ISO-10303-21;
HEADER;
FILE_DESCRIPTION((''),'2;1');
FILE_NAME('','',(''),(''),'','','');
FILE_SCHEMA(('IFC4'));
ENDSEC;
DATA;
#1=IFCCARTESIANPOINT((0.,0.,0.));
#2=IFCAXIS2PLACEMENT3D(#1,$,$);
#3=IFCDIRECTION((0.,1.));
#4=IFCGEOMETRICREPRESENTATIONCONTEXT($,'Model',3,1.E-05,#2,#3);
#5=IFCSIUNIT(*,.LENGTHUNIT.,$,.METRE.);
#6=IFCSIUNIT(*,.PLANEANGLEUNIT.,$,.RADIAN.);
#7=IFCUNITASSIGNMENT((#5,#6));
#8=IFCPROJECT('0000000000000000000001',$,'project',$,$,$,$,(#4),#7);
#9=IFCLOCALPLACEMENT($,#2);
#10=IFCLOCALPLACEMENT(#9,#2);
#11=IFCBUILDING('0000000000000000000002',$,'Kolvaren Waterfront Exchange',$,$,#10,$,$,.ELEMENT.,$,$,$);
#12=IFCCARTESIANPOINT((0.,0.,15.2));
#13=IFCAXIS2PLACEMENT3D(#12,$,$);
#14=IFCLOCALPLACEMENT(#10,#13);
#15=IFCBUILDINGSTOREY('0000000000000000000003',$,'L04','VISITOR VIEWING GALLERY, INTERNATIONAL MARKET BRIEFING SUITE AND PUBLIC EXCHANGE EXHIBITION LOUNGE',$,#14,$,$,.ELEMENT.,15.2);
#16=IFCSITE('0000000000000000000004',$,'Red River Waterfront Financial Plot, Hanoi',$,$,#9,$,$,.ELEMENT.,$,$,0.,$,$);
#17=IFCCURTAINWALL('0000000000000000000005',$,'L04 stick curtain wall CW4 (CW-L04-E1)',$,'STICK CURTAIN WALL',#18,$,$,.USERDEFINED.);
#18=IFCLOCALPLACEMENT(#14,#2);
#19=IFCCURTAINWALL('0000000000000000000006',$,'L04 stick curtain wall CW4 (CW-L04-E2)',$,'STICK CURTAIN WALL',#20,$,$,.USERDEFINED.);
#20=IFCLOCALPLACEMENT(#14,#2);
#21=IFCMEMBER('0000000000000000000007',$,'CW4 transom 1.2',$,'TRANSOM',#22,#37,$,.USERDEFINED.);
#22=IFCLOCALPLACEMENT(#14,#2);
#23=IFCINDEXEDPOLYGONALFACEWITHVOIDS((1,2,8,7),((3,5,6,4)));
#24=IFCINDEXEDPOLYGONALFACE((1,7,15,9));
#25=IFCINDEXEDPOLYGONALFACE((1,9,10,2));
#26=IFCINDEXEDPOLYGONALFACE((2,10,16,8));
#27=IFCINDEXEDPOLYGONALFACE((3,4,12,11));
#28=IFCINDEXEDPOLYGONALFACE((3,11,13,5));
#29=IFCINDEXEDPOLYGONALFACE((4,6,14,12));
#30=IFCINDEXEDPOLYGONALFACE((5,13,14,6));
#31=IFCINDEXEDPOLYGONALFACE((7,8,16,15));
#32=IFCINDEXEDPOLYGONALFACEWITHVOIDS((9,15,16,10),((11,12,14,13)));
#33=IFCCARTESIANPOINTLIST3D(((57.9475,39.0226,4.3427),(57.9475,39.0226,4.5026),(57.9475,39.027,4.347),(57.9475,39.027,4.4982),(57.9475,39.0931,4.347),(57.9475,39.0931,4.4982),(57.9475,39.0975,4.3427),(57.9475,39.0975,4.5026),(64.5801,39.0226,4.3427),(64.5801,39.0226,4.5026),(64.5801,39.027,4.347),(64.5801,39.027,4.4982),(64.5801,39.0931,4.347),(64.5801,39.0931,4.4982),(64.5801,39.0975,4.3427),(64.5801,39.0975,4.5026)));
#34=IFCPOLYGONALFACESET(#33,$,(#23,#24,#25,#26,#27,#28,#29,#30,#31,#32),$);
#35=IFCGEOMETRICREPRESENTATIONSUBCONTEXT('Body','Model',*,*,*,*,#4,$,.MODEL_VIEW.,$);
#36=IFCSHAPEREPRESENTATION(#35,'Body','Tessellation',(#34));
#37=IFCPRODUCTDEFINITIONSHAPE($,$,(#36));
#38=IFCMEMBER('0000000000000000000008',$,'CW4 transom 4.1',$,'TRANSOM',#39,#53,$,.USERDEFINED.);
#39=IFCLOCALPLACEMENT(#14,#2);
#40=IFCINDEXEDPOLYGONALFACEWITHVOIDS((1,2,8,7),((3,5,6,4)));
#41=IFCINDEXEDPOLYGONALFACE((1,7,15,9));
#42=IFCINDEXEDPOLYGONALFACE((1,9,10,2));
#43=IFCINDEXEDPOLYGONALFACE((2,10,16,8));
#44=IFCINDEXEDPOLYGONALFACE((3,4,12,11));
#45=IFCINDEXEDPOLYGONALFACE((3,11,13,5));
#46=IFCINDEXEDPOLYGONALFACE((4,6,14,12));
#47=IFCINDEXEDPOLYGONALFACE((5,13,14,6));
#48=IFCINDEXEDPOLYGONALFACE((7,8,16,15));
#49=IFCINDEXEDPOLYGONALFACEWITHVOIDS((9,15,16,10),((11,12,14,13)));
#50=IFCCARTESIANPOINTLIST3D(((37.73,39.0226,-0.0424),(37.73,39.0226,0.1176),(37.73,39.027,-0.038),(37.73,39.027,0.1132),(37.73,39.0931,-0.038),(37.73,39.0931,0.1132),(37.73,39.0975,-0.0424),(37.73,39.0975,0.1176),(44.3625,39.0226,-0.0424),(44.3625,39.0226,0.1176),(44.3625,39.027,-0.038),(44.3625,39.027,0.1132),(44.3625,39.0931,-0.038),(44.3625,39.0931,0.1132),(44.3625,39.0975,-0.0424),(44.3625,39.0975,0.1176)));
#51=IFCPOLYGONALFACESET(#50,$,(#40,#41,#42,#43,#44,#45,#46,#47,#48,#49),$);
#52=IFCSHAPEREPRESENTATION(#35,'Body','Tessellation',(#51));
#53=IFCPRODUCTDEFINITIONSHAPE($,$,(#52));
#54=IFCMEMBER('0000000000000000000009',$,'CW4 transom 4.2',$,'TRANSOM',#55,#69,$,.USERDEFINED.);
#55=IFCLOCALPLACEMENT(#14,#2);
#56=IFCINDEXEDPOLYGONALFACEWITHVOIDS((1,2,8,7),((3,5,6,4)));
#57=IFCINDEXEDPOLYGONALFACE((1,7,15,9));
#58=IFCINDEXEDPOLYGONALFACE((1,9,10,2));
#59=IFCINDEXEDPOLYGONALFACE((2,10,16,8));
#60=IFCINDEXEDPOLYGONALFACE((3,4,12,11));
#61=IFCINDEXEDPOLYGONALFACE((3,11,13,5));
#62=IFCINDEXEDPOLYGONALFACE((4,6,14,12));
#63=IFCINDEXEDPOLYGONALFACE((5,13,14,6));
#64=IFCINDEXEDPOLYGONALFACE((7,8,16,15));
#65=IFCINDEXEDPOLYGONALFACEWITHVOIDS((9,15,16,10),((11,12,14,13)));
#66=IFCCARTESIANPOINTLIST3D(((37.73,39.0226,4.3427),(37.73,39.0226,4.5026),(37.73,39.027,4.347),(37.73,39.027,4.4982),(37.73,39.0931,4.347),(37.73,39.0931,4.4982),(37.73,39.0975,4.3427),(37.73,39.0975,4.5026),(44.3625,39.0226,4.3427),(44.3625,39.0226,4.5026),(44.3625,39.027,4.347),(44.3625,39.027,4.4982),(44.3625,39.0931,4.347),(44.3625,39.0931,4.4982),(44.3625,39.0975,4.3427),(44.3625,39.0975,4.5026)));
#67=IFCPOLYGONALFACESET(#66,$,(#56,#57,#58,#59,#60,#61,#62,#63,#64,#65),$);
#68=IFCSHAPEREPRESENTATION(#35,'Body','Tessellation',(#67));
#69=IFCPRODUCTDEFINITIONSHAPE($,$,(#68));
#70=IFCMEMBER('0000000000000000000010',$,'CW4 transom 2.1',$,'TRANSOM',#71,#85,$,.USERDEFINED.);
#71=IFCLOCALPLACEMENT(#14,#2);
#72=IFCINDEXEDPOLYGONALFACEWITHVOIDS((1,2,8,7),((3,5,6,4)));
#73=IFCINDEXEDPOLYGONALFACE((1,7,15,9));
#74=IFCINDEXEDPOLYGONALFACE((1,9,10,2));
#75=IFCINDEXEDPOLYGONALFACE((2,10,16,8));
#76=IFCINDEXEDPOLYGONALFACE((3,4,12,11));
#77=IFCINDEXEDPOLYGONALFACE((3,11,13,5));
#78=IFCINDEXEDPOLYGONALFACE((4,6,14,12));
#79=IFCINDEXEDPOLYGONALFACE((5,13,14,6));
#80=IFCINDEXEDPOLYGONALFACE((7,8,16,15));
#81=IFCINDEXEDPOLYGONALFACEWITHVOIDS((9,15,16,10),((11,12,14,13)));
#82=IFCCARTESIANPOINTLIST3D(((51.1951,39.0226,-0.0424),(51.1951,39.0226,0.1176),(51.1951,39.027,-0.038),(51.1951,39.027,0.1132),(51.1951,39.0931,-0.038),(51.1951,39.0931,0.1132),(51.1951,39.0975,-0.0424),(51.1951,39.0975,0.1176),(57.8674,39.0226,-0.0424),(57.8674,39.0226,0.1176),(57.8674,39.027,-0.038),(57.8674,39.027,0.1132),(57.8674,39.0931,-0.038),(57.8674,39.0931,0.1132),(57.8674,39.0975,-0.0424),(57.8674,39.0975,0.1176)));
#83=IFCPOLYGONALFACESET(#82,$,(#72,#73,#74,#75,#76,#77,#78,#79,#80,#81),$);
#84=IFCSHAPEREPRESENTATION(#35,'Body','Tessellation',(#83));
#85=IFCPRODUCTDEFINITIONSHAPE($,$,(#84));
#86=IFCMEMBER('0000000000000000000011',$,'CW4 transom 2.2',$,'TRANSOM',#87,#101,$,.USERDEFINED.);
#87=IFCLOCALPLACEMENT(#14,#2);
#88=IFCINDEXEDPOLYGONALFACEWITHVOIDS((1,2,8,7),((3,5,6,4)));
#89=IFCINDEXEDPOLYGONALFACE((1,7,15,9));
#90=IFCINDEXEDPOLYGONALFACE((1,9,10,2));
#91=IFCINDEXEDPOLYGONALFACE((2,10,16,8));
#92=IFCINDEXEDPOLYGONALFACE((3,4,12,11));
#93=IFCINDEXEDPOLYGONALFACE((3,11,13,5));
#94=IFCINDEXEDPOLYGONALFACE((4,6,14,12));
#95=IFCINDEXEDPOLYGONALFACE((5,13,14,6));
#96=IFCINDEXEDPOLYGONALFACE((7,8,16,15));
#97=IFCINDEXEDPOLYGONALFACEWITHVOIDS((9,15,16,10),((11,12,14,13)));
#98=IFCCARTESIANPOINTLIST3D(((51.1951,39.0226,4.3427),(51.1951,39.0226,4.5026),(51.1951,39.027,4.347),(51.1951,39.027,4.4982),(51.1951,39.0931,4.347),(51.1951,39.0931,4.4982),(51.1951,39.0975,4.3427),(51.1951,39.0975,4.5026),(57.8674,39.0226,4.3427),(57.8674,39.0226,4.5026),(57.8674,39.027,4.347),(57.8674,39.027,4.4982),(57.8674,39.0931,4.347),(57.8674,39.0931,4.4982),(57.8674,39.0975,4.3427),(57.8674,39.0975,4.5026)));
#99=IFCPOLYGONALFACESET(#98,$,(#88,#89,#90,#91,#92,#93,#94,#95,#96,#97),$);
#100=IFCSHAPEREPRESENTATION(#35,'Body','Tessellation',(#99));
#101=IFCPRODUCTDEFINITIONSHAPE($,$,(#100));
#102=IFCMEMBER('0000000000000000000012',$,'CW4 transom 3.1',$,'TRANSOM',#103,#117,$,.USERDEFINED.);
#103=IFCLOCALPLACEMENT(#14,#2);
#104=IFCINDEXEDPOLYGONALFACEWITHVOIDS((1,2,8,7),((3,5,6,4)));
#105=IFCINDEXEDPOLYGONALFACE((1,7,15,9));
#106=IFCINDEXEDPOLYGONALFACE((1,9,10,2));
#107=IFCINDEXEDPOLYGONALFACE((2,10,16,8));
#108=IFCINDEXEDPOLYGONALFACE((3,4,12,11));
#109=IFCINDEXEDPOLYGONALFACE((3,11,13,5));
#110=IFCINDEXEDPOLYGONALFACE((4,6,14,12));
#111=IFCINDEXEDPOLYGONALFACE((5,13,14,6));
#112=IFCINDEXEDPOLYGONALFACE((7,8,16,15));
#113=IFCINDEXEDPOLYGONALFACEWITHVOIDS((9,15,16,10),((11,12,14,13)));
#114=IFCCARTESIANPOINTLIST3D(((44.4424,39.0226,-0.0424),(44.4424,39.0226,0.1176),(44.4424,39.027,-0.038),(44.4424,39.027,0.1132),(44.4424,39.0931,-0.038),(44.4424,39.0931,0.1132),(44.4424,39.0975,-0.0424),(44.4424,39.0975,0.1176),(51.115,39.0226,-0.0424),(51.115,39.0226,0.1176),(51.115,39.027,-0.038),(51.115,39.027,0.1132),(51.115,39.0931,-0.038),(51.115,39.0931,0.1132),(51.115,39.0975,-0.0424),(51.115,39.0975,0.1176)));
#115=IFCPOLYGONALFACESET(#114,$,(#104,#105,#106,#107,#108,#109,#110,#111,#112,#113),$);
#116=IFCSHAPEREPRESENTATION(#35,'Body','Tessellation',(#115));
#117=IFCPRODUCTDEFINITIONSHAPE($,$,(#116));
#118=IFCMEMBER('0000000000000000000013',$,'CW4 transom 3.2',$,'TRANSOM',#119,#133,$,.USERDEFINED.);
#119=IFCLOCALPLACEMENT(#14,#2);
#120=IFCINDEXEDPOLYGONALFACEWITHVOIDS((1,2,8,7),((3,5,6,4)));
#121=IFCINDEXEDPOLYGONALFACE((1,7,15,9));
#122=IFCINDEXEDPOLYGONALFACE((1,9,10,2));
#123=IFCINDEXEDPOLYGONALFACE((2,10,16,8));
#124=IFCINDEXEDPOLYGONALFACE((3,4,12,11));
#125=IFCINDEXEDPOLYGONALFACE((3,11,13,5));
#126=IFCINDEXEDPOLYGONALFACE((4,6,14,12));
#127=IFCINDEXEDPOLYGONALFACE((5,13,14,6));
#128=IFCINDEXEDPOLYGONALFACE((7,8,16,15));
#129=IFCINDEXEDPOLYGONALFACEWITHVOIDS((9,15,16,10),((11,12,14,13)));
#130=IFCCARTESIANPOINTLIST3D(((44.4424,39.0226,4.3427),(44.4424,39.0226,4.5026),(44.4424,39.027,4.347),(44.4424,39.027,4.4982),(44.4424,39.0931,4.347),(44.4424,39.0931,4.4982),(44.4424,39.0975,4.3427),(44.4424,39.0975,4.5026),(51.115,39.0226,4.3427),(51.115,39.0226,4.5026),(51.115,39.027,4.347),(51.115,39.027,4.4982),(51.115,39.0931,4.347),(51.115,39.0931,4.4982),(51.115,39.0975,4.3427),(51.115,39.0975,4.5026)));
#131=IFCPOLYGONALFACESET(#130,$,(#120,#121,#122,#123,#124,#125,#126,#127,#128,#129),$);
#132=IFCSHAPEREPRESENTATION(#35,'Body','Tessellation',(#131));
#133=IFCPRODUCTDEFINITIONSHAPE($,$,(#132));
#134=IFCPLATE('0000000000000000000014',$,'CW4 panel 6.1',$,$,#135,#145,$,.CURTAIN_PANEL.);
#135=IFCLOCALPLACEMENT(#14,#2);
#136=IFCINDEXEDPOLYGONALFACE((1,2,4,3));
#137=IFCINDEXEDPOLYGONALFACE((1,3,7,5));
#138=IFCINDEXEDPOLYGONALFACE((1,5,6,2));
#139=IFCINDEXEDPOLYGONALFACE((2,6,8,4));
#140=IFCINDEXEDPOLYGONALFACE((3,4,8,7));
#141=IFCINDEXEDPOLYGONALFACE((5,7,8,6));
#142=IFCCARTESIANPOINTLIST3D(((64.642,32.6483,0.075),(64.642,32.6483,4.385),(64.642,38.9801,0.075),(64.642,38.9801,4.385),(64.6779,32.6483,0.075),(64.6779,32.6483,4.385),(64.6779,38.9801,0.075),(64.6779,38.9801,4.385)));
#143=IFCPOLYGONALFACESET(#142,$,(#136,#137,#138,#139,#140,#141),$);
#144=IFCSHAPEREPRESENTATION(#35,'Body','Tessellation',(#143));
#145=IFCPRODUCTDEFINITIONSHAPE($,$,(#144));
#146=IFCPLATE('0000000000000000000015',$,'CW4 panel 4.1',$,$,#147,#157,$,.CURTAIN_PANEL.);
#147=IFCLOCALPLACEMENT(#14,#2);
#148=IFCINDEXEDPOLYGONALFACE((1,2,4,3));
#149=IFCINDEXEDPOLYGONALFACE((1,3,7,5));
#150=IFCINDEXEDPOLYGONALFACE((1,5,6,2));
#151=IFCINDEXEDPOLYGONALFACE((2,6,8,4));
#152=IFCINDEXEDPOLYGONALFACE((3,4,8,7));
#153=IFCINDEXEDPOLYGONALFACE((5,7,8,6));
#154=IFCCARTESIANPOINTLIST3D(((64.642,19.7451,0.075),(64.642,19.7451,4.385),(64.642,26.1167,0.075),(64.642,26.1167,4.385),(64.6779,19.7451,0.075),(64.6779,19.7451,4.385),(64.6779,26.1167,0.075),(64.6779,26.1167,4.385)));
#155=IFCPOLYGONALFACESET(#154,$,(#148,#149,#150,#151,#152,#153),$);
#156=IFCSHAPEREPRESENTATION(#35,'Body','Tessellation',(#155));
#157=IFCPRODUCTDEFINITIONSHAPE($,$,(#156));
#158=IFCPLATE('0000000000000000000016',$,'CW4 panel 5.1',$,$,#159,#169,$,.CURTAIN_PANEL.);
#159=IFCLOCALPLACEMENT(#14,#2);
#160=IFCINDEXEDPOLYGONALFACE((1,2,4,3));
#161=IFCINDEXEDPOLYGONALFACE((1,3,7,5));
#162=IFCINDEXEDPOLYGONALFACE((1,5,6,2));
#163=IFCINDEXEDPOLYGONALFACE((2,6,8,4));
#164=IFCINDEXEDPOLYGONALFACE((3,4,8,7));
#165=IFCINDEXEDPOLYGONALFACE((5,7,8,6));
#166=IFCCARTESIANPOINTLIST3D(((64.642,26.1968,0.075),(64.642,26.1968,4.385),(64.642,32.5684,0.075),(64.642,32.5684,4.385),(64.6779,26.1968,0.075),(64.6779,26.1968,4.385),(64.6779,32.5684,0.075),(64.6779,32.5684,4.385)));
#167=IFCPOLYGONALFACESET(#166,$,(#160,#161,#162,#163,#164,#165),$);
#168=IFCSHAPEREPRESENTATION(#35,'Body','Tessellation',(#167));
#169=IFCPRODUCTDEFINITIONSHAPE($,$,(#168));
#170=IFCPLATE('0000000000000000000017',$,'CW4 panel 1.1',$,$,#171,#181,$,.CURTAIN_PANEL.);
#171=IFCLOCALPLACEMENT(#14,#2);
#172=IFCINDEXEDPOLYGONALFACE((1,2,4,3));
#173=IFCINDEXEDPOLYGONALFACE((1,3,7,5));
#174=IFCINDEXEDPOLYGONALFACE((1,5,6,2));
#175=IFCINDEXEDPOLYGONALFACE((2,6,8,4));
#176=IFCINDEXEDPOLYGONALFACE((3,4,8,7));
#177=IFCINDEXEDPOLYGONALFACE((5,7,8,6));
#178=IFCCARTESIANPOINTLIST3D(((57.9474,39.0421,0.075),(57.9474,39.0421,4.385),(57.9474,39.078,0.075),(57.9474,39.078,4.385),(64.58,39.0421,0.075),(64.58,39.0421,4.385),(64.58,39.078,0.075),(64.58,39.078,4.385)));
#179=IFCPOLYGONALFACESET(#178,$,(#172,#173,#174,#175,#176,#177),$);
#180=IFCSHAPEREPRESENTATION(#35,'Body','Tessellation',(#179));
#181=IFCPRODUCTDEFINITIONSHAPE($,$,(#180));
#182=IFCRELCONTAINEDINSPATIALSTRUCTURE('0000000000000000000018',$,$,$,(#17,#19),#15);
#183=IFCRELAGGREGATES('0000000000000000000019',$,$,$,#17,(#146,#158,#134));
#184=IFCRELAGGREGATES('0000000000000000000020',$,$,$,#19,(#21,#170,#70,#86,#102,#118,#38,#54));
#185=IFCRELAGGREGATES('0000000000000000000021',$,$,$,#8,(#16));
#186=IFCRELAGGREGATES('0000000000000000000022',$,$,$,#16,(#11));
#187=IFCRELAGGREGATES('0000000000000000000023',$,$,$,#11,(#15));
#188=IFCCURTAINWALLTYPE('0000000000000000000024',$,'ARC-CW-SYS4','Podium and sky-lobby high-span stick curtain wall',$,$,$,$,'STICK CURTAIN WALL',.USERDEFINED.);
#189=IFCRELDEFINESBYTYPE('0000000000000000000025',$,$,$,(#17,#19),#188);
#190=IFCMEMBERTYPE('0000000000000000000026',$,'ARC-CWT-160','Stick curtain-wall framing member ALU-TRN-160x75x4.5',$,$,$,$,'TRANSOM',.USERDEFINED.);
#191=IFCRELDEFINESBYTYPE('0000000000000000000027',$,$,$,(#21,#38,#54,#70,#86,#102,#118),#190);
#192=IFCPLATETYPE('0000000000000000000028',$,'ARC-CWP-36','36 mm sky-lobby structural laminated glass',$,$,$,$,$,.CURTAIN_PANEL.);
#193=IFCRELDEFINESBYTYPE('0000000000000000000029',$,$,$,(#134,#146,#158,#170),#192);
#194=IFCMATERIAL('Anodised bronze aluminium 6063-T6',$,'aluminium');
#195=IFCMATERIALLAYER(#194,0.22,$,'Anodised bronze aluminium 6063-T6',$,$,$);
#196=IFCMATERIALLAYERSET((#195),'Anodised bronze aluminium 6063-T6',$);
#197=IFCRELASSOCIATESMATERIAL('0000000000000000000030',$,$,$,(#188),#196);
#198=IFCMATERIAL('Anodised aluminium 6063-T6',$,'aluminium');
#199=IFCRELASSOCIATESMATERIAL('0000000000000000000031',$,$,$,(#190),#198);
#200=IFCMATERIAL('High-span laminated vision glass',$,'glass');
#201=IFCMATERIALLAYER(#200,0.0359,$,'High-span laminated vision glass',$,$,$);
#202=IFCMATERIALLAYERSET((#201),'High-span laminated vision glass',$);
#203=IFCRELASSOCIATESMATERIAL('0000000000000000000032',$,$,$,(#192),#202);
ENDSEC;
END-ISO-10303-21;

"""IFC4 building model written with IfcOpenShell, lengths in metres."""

from ifc_helpers import new_model, si_unit, direction, frame, origin, origin_with_axes, origin_2d, place, context, subcontext, project, spatial, rectangle, hollow_rectangle, extrude, source, transform, mapped, material, layer, layer_set, material_profile, profile_set, type_object, element, aggregate, save


model = new_model("IFC4")

# Units and contexts
model_context = context("Model", 3, precision=1e-05, world=origin(), true_north=direction((0.0, 1.0)))
body_context = subcontext(model_context, "Body", "Model", "MODEL_VIEW")
ifc_project = project(units=[si_unit("LENGTHUNIT", "METRE"), si_unit("PLANEANGLEUNIT", "RADIAN")], contexts=[model_context])

# Site, building, storey
site_placement = place(None, origin())
site = spatial("IfcSite", under=ifc_project, at=site_placement, Name="Red River Waterfront Financial Plot, Hanoi", CompositionType="ELEMENT", RefElevation=0.0)
building_placement = place(site_placement, origin())
building = spatial("IfcBuilding", under=site, at=building_placement, Name="Kolvaren Waterfront Exchange", CompositionType="ELEMENT")
storey_placement = place(building_placement, frame((0.0, 0.0, 15.2)))
storey = spatial("IfcBuildingStorey", under=building, at=storey_placement, Name="L04", Description="VISITOR VIEWING GALLERY, INTERNATIONAL MARKET BRIEFING SUITE AND PUBLIC EXCHANGE EXHIBITION LOUNGE", CompositionType="ELEMENT", Elevation=15.2)

# Curtain walls
ifc_material_1 = material(Name="Anodised bronze aluminium 6063-T6", Category="aluminium")
ifc_layer_1 = layer(ifc_material_1, 0.22, Name="Anodised bronze aluminium 6063-T6")
ifc_layer_set_1 = layer_set([ifc_layer_1], Name="Anodised bronze aluminium 6063-T6")
curtain_wall_type = type_object("IfcCurtainWallType", Name="ARC-CW-SYS4", Description="Podium and sky-lobby high-span stick curtain wall", ElementType="STICK CURTAIN WALL", PredefinedType="USERDEFINED", material=ifc_layer_set_1)
curtain_wall_1_placement = place(storey_placement, origin())
curtain_wall_1 = element("IfcCurtainWall", 1, at=curtain_wall_1_placement, inside=storey, type_object=curtain_wall_type, Name="L04 stick curtain wall CW4 (CW-L04-E1)", ObjectType="STICK CURTAIN WALL", PredefinedType="USERDEFINED")
ifc_material_2 = material(Name="Anodised aluminium 6063-T6", Category="aluminium")
curtain_wall_2_placement = place(storey_placement, origin())
curtain_wall_2 = element("IfcCurtainWall", 2, at=curtain_wall_2_placement, inside=storey, type_object=curtain_wall_type, Name="L04 stick curtain wall CW4 (CW-L04-E2)", ObjectType="STICK CURTAIN WALL", PredefinedType="USERDEFINED")

# Members
ifc_material_profile_1 = material_profile(ifc_material_2, hollow_rectangle(XDim=0.075, YDim=0.1599, WallThickness=0.0044, at=origin_2d()), Name="ALU-TRN-160x75x4.5")
ifc_profile_set_1 = profile_set([ifc_material_profile_1], Name="Anodised aluminium 6063-T6")
member_type_1 = type_object("IfcMemberType", Name="ARC-CWT-160", Description="Stick curtain-wall framing member ALU-TRN-160x75x4.5", ElementType="TRANSOM", PredefinedType="USERDEFINED", material=ifc_profile_set_1)
shared_shape_1 = source(origin_with_axes(), body_context, "Body", "SweptSolid", [
    extrude(hollow_rectangle(XDim=0.075, YDim=0.1599, WallThickness=0.0044, at=origin_2d()), origin(), (0.0, 0.0, 1.0), 6.6326),
])
member_1_placement = place(storey_placement, frame((64.5801, 39.0601, 4.4226), z_axis=(-1.0, 0.0, 0.0), x_axis=(0.0, -1.0, 0.0)))
member_1 = element("IfcMember", 3, at=member_1_placement, type_object=member_type_1, Name="CW4 transom 1.2", ObjectType="TRANSOM", PredefinedType="USERDEFINED", context=body_context, shape_type="MappedRepresentation", body=[
    mapped(shared_shape_1, transform((0.0, 0.0, 0.0), x_axis=(1.0, 0.0, 0.0), y_axis=(0.0, 1.0, 0.0), z_axis=(0.0, 0.0, 1.0), scale=1.0)),
])
member_2_placement = place(storey_placement, frame((44.3625, 39.0601, 0.0376), z_axis=(-1.0, 0.0, 0.0), x_axis=(0.0, -1.0, 0.0)))
member_2 = element("IfcMember", 4, at=member_2_placement, type_object=member_type_1, Name="CW4 transom 4.1", ObjectType="TRANSOM", PredefinedType="USERDEFINED", context=body_context, shape_type="MappedRepresentation", body=[
    mapped(shared_shape_1, transform((0.0, 0.0, 0.0), x_axis=(1.0, 0.0, 0.0), y_axis=(0.0, 1.0, 0.0), z_axis=(0.0, 0.0, 1.0), scale=1.0)),
])
member_3_placement = place(storey_placement, frame((44.3625, 39.0601, 4.4226), z_axis=(-1.0, 0.0, 0.0), x_axis=(0.0, -1.0, 0.0)))
member_3 = element("IfcMember", 5, at=member_3_placement, type_object=member_type_1, Name="CW4 transom 4.2", ObjectType="TRANSOM", PredefinedType="USERDEFINED", context=body_context, shape_type="MappedRepresentation", body=[
    mapped(shared_shape_1, transform((0.0, 0.0, 0.0), x_axis=(1.0, 0.0, 0.0), y_axis=(0.0, 1.0, 0.0), z_axis=(0.0, 0.0, 1.0), scale=1.0)),
])
shared_shape_2 = source(origin_with_axes(), body_context, "Body", "SweptSolid", [
    extrude(hollow_rectangle(XDim=0.075, YDim=0.1599, WallThickness=0.0044, at=origin_2d()), origin(), (0.0, 0.0, 1.0), 6.6724),
])
member_4_placement = place(storey_placement, frame((57.8674, 39.0601, 0.0376), z_axis=(-1.0, 0.0, 0.0), x_axis=(0.0, -1.0, 0.0)))
member_4 = element("IfcMember", 6, at=member_4_placement, type_object=member_type_1, Name="CW4 transom 2.1", ObjectType="TRANSOM", PredefinedType="USERDEFINED", context=body_context, shape_type="MappedRepresentation", body=[
    mapped(shared_shape_2, transform((0.0, 0.0, 0.0), x_axis=(1.0, 0.0, 0.0), y_axis=(0.0, 1.0, 0.0), z_axis=(0.0, 0.0, 1.0), scale=1.0)),
])
member_5_placement = place(storey_placement, frame((57.8674, 39.0601, 4.4226), z_axis=(-1.0, 0.0, 0.0), x_axis=(0.0, -1.0, 0.0)))
member_5 = element("IfcMember", 7, at=member_5_placement, type_object=member_type_1, Name="CW4 transom 2.2", ObjectType="TRANSOM", PredefinedType="USERDEFINED", context=body_context, shape_type="MappedRepresentation", body=[
    mapped(shared_shape_2, transform((0.0, 0.0, 0.0), x_axis=(1.0, 0.0, 0.0), y_axis=(0.0, 1.0, 0.0), z_axis=(0.0, 0.0, 1.0), scale=1.0)),
])
shared_shape_3 = source(origin_with_axes(), body_context, "Body", "SweptSolid", [
    extrude(hollow_rectangle(XDim=0.075, YDim=0.1599, WallThickness=0.0044, at=origin_2d()), origin(), (0.0, 0.0, 1.0), 6.6726),
])
member_6_placement = place(storey_placement, frame((51.115, 39.0601, 0.0376), z_axis=(-1.0, 0.0, 0.0), x_axis=(0.0, -1.0, 0.0)))
member_6 = element("IfcMember", 8, at=member_6_placement, type_object=member_type_1, Name="CW4 transom 3.1", ObjectType="TRANSOM", PredefinedType="USERDEFINED", context=body_context, shape_type="MappedRepresentation", body=[
    mapped(shared_shape_3, transform((0.0, 0.0, 0.0), x_axis=(1.0, 0.0, 0.0), y_axis=(0.0, 1.0, 0.0), z_axis=(0.0, 0.0, 1.0), scale=1.0)),
])
member_7_placement = place(storey_placement, frame((51.115, 39.0601, 4.4226), z_axis=(-1.0, 0.0, 0.0), x_axis=(0.0, -1.0, 0.0)))
member_7 = element("IfcMember", 9, at=member_7_placement, type_object=member_type_1, Name="CW4 transom 3.2", ObjectType="TRANSOM", PredefinedType="USERDEFINED", context=body_context, shape_type="MappedRepresentation", body=[
    mapped(shared_shape_3, transform((0.0, 0.0, 0.0), x_axis=(1.0, 0.0, 0.0), y_axis=(0.0, 1.0, 0.0), z_axis=(0.0, 0.0, 1.0), scale=1.0)),
])

# Plates
ifc_material_3 = material(Name="High-span laminated vision glass", Category="glass")
ifc_layer_2 = layer(ifc_material_3, 0.0359, Name="High-span laminated vision glass")
ifc_layer_set_2 = layer_set([ifc_layer_2], Name="High-span laminated vision glass")
plate_type = type_object("IfcPlateType", Name="ARC-CWP-36", Description="36 mm sky-lobby structural laminated glass", PredefinedType="CURTAIN_PANEL", material=ifc_layer_set_2)
shared_shape_4 = source(origin_with_axes(), body_context, "Body", "SweptSolid", [
    extrude(rectangle(XDim=6.3318, YDim=0.0359, at=origin_2d()), origin(), (0.0, 0.0, 1.0), 4.3101),
])
plate_1_placement = place(storey_placement, frame((64.6599, 35.8142, 0.075), z_axis=(0.0, 0.0, 1.0), x_axis=(0.0, 1.0, 0.0)))
plate_1 = element("IfcPlate", 10, at=plate_1_placement, type_object=plate_type, Name="CW4 panel 6.1", PredefinedType="CURTAIN_PANEL", context=body_context, shape_type="MappedRepresentation", body=[
    mapped(shared_shape_4, transform((0.0, 0.0, 0.0), x_axis=(1.0, 0.0, 0.0), y_axis=(0.0, 1.0, 0.0), z_axis=(0.0, 0.0, 1.0), scale=1.0)),
])
shared_shape_5 = source(origin_with_axes(), body_context, "Body", "SweptSolid", [
    extrude(rectangle(XDim=6.3716, YDim=0.0359, at=origin_2d()), origin(), (0.0, 0.0, 1.0), 4.3101),
])
plate_2_placement = place(storey_placement, frame((64.6599, 22.9309, 0.075), z_axis=(0.0, 0.0, 1.0), x_axis=(0.0, 1.0, 0.0)))
plate_2 = element("IfcPlate", 11, at=plate_2_placement, type_object=plate_type, Name="CW4 panel 4.1", PredefinedType="CURTAIN_PANEL", context=body_context, shape_type="MappedRepresentation", body=[
    mapped(shared_shape_5, transform((0.0, 0.0, 0.0), x_axis=(1.0, 0.0, 0.0), y_axis=(0.0, 1.0, 0.0), z_axis=(0.0, 0.0, 1.0), scale=1.0)),
])
plate_3_placement = place(storey_placement, frame((64.6599, 29.3826, 0.075), z_axis=(0.0, 0.0, 1.0), x_axis=(0.0, 1.0, 0.0)))
plate_3 = element("IfcPlate", 12, at=plate_3_placement, type_object=plate_type, Name="CW4 panel 5.1", PredefinedType="CURTAIN_PANEL", context=body_context, shape_type="MappedRepresentation", body=[
    mapped(shared_shape_5, transform((0.0, 0.0, 0.0), x_axis=(1.0, 0.0, 0.0), y_axis=(0.0, 1.0, 0.0), z_axis=(0.0, 0.0, 1.0), scale=1.0)),
])
aggregate(curtain_wall_1, [plate_2, plate_3, plate_1])
shared_shape_6 = source(origin_with_axes(), body_context, "Body", "SweptSolid", [
    extrude(rectangle(XDim=6.6326, YDim=0.0359, at=origin_2d()), origin(), (0.0, 0.0, 1.0), 4.3101),
])
plate_4_placement = place(storey_placement, frame((61.2637, 39.0601, 0.075), z_axis=(0.0, 0.0, 1.0), x_axis=(-1.0, 0.0, 0.0)))
plate_4 = element("IfcPlate", 13, at=plate_4_placement, type_object=plate_type, Name="CW4 panel 1.1", PredefinedType="CURTAIN_PANEL", context=body_context, shape_type="MappedRepresentation", body=[
    mapped(shared_shape_6, transform((0.0, 0.0, 0.0), x_axis=(1.0, 0.0, 0.0), y_axis=(0.0, 1.0, 0.0), z_axis=(0.0, 0.0, 1.0), scale=1.0)),
])
aggregate(curtain_wall_2, [member_1, plate_4, member_4, member_5, member_6, member_7, member_2, member_3])

save(model, "model.ifc")
